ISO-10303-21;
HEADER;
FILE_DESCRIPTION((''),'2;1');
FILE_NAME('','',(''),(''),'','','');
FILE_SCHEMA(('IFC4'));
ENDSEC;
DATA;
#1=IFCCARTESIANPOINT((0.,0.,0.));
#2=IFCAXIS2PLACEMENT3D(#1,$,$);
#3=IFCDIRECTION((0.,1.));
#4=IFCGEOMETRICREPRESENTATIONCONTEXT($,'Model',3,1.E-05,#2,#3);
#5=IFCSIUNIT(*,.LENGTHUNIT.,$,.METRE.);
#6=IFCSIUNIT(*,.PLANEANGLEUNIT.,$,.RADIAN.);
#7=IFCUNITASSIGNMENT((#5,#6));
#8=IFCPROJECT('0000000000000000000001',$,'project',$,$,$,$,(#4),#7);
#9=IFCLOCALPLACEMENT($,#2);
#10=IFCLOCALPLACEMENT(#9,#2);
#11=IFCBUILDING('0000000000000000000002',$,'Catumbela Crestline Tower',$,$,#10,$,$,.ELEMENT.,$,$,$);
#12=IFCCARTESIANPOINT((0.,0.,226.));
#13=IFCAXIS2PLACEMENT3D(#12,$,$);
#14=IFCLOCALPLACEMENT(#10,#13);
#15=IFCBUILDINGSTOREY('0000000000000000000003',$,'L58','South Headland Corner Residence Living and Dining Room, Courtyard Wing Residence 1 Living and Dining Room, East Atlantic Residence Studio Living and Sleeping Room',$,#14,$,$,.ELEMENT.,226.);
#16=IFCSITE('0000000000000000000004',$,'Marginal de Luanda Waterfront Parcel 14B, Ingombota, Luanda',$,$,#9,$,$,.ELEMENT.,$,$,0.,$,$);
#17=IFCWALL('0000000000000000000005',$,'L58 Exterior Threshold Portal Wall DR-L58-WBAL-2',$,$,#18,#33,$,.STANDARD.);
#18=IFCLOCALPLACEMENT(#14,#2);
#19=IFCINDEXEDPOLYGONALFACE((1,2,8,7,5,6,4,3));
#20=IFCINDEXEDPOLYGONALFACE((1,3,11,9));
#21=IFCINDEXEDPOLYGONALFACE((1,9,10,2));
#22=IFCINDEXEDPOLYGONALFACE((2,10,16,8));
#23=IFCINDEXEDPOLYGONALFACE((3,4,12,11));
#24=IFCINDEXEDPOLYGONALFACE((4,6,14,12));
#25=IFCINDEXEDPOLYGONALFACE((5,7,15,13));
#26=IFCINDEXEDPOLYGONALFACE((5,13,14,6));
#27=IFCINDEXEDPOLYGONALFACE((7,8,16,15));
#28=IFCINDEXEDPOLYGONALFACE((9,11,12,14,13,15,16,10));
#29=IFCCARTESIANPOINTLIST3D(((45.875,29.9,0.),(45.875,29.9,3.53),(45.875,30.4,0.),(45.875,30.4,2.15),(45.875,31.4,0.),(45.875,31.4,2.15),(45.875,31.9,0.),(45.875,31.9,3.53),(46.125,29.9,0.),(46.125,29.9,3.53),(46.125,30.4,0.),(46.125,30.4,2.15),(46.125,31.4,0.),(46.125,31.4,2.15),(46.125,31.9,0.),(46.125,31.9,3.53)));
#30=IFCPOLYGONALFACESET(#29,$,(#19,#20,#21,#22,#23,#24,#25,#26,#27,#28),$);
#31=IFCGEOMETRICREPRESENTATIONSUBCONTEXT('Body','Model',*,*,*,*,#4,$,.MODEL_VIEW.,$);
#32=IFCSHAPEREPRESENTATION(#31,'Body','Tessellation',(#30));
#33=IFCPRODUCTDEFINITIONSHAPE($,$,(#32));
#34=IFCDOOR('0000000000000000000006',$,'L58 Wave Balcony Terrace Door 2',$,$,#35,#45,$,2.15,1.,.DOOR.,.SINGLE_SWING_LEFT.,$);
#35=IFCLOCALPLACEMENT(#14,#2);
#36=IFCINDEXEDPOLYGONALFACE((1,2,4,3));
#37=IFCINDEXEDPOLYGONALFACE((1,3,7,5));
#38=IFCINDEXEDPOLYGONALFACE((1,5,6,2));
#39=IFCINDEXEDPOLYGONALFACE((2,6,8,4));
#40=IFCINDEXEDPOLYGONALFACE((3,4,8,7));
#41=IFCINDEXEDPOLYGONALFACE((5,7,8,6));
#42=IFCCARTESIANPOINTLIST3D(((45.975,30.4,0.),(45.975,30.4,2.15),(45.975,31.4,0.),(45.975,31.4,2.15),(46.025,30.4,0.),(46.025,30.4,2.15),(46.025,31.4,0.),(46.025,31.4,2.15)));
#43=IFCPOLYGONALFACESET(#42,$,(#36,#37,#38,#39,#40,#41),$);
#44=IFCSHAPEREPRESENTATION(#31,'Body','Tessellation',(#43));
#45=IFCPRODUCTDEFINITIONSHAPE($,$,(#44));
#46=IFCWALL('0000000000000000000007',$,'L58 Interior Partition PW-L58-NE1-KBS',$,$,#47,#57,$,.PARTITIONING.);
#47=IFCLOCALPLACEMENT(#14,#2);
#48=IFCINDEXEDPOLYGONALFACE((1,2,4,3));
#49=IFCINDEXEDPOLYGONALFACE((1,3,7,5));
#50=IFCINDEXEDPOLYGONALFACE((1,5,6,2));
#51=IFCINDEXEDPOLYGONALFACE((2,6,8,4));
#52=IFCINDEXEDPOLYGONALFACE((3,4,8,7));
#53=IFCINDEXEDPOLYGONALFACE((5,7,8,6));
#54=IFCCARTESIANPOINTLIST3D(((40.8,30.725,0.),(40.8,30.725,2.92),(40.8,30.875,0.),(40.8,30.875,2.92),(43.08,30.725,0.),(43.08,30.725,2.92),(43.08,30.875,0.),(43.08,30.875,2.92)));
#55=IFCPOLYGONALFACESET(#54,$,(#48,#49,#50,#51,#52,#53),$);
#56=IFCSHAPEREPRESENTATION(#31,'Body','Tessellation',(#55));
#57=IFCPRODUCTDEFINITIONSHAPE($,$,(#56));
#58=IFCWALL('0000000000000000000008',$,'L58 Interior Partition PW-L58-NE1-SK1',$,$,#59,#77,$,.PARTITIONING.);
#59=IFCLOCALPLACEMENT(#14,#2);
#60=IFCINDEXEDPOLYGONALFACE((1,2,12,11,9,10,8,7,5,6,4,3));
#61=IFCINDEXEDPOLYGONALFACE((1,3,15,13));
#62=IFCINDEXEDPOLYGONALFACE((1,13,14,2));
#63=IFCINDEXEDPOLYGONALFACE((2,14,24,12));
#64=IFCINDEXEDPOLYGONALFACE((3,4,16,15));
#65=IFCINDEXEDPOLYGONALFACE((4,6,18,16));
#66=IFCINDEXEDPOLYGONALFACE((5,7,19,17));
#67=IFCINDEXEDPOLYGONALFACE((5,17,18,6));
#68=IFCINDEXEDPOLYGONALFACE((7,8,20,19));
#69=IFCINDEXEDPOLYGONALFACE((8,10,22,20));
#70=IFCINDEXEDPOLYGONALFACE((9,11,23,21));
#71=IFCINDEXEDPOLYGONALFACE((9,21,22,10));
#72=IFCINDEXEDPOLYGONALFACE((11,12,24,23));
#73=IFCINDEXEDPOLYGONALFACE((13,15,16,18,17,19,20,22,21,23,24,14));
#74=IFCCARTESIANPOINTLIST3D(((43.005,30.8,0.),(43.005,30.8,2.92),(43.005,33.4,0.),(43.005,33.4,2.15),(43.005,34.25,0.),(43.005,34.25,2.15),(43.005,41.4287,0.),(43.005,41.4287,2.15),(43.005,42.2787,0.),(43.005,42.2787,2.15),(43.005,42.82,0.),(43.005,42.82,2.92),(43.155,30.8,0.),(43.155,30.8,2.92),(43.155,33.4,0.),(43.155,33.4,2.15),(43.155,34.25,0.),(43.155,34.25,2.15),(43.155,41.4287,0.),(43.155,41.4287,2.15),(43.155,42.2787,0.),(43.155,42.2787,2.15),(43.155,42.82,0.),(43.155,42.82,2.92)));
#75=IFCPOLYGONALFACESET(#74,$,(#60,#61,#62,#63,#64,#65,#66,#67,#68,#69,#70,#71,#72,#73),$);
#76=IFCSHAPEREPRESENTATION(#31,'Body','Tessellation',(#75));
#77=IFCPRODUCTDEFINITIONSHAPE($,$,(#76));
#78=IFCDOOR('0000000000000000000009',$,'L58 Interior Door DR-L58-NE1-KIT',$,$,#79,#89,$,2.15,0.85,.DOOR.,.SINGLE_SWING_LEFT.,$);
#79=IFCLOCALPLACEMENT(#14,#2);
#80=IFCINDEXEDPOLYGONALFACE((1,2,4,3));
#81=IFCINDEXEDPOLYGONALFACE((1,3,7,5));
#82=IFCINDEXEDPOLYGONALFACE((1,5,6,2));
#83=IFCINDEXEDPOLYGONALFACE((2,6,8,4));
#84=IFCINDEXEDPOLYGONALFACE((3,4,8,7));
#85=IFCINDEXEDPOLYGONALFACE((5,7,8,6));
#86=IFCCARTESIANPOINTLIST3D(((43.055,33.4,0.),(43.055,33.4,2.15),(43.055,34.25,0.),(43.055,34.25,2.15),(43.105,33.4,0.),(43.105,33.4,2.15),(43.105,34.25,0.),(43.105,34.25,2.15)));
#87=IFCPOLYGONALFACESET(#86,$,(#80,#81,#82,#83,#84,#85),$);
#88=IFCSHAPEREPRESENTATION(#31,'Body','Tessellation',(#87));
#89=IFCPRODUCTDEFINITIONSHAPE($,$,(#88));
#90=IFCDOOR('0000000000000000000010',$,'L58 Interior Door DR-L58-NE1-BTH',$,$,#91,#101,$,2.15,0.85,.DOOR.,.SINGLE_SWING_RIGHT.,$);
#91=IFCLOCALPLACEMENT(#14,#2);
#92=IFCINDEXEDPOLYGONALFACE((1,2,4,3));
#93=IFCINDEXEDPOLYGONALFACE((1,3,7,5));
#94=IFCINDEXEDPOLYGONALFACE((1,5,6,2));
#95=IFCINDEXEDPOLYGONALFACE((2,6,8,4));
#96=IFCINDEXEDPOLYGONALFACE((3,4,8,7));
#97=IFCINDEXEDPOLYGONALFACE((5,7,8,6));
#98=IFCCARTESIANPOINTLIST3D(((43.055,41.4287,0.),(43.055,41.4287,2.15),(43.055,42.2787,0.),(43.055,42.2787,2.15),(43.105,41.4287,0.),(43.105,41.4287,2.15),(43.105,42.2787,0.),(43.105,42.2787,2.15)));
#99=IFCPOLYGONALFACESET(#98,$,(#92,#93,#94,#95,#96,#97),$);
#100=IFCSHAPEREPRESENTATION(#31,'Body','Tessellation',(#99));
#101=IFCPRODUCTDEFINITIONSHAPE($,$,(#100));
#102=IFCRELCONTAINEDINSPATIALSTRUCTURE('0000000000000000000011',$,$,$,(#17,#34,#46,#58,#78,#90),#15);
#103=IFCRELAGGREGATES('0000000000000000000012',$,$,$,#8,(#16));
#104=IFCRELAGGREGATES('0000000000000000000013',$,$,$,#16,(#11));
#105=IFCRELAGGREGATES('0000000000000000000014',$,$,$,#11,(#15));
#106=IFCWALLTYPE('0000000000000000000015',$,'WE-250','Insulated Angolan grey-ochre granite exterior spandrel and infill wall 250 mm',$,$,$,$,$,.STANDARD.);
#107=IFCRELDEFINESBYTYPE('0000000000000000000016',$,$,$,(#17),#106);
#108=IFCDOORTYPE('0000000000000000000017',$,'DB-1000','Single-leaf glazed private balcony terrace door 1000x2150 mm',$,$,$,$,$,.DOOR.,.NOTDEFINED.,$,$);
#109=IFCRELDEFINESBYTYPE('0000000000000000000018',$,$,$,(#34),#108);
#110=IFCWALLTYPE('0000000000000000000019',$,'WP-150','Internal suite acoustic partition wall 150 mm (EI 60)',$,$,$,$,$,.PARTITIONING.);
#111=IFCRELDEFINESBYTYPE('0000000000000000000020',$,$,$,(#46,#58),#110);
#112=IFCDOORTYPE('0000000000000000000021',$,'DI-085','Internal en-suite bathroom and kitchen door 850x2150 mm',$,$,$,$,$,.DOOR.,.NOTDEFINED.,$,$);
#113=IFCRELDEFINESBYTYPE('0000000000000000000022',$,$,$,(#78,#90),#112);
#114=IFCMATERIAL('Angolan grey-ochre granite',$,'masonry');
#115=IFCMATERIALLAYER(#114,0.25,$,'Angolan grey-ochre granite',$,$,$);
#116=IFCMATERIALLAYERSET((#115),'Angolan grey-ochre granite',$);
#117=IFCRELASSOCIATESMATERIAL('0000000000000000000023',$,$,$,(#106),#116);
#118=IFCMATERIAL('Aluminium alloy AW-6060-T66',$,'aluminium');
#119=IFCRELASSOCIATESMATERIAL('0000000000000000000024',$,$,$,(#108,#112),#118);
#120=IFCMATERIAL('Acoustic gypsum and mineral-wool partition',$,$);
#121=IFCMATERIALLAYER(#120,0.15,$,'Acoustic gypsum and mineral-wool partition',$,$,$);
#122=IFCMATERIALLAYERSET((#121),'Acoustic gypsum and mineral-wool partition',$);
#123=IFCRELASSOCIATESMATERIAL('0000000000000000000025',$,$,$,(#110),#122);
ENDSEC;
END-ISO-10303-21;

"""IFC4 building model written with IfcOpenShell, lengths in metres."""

from ifc_helpers import new_model, si_unit, direction, frame, frame_2d, origin, place, context, subcontext, project, spatial, rectangle, extrude, material, layer, layer_set, type_object, element, fill, save


model = new_model("IFC4")

# Units and contexts
model_context = context("Model", 3, precision=1e-05, world=origin(), true_north=direction((0.0, 1.0)))
body_context = subcontext(model_context, "Body", "Model", "MODEL_VIEW")
ifc_project = project(units=[si_unit("LENGTHUNIT", "METRE"), si_unit("PLANEANGLEUNIT", "RADIAN")], contexts=[model_context])

# Site, building, storey
site_placement = place(None, origin())
site = spatial("IfcSite", under=ifc_project, at=site_placement, Name="Marginal de Luanda Waterfront Parcel 14B, Ingombota, Luanda", CompositionType="ELEMENT", RefElevation=0.0)
building_placement = place(site_placement, origin())
building = spatial("IfcBuilding", under=site, at=building_placement, Name="Catumbela Crestline Tower", CompositionType="ELEMENT")
storey_placement = place(building_placement, frame((0.0, 0.0, 226.0)))
storey = spatial("IfcBuildingStorey", under=building, at=storey_placement, Name="L58", Description="South Headland Corner Residence Living and Dining Room, Courtyard Wing Residence 1 Living and Dining Room, East Atlantic Residence Studio Living and Sleeping Room", CompositionType="ELEMENT", Elevation=226.0)

# Shared definitions
ifc_material_1 = material(Name="Aluminium alloy AW-6060-T66", Category="aluminium")

# Wall, opening, door
ifc_material_2 = material(Name="Acoustic gypsum and mineral-wool partition")
ifc_material_3 = material(Name="Angolan grey-ochre granite", Category="masonry")
ifc_layer_1 = layer(ifc_material_3, 0.25, Name="Angolan grey-ochre granite")
ifc_layer_set_1 = layer_set([ifc_layer_1], Name="Angolan grey-ochre granite")
wall_type_1 = type_object("IfcWallType", Name="WE-250", Description="Insulated Angolan grey-ochre granite exterior spandrel and infill wall 250 mm", PredefinedType="STANDARD", material=ifc_layer_set_1)
wall_1_placement = place(storey_placement, frame((46.0, 29.9, 0.0), z_axis=(0.0, 0.0, 1.0), x_axis=(0.0, 1.0, 0.0)))
wall_1 = element("IfcWall", 1, at=wall_1_placement, inside=storey, type_object=wall_type_1, Name="L58 Exterior Threshold Portal Wall DR-L58-WBAL-2", PredefinedType="STANDARD", context=body_context, shape_type="SweptSolid", body=[
    extrude(rectangle(XDim=2.0, YDim=0.25, at=frame_2d((1.0, 0.0))), origin(), (0.0, 0.0, 1.0), 3.53),
])
opening_1_placement = place(wall_1_placement, frame((0.5, 0.0, 0.0)))
opening_1 = element("IfcOpeningElement", 2, at=opening_1_placement, cuts=wall_1, PredefinedType="OPENING", context=body_context, shape_type="SweptSolid", body=[
    extrude(rectangle(XDim=1.0, YDim=2.15, at=frame_2d((0.5, 1.075))), frame((0.0, 0.135, 0.0), z_axis=(0.0, -1.0, 0.0), x_axis=(1.0, 0.0, 0.0)), (0.0, 0.0, 1.0), 0.27),
])
door_type_1 = type_object("IfcDoorType", Name="DB-1000", Description="Single-leaf glazed private balcony terrace door 1000x2150 mm", OperationType="NOTDEFINED", PredefinedType="DOOR", material=ifc_material_1)
door_1_placement = place(opening_1_placement, origin())
door_1 = element("IfcDoor", 3, at=door_1_placement, inside=storey, type_object=door_type_1, Name="L58 Wave Balcony Terrace Door 2", OperationType="SINGLE_SWING_LEFT", OverallHeight=2.15, OverallWidth=1.0, PredefinedType="DOOR", context=body_context, shape_type="SweptSolid", body=[
    extrude(rectangle(XDim=1.0, YDim=2.15, at=frame_2d((0.5, 1.075))), frame((0.0, 0.025, 0.0), z_axis=(0.0, -1.0, 0.0), x_axis=(1.0, 0.0, 0.0)), (0.0, 0.0, 1.0), 0.05),
])
fill(opening_1, door_1)

# Wall
ifc_layer_2 = layer(ifc_material_2, 0.15, Name="Acoustic gypsum and mineral-wool partition")
ifc_layer_set_2 = layer_set([ifc_layer_2], Name="Acoustic gypsum and mineral-wool partition")
wall_type_2 = type_object("IfcWallType", Name="WP-150", Description="Internal suite acoustic partition wall 150 mm (EI 60)", PredefinedType="PARTITIONING", material=ifc_layer_set_2)
wall_2_placement = place(storey_placement, frame((40.8, 30.8, 0.0), z_axis=(0.0, 0.0, 1.0), x_axis=(1.0, 0.0, 0.0)))
element("IfcWall", 4, at=wall_2_placement, inside=storey, type_object=wall_type_2, Name="L58 Interior Partition PW-L58-NE1-KBS", PredefinedType="PARTITIONING", context=body_context, shape_type="SweptSolid", body=[
    extrude(rectangle(XDim=2.28, YDim=0.15, at=frame_2d((1.14, 0.0))), origin(), (0.0, 0.0, 1.0), 2.92),
])

# Wall, openings, doors
wall_3_placement = place(storey_placement, frame((43.08, 30.8, 0.0), z_axis=(0.0, 0.0, 1.0), x_axis=(0.0, 1.0, 0.0)))
wall_3 = element("IfcWall", 5, at=wall_3_placement, inside=storey, type_object=wall_type_2, Name="L58 Interior Partition PW-L58-NE1-SK1", PredefinedType="PARTITIONING", context=body_context, shape_type="SweptSolid", body=[
    extrude(rectangle(XDim=12.02, YDim=0.15, at=frame_2d((6.01, 0.0))), origin(), (0.0, 0.0, 1.0), 2.92),
])
opening_2_placement = place(wall_3_placement, frame((2.6, 0.0, 0.0)))
opening_2 = element("IfcOpeningElement", 6, at=opening_2_placement, cuts=wall_3, PredefinedType="OPENING", context=body_context, shape_type="SweptSolid", body=[
    extrude(rectangle(XDim=0.85, YDim=2.15, at=frame_2d((0.425, 1.075))), frame((0.0, 0.085, 0.0), z_axis=(0.0, -1.0, 0.0), x_axis=(1.0, 0.0, 0.0)), (0.0, 0.0, 1.0), 0.17),
])
opening_3_placement = place(wall_3_placement, frame((10.6287, 0.0, 0.0)))
opening_3 = element("IfcOpeningElement", 7, at=opening_3_placement, cuts=wall_3, PredefinedType="OPENING", context=body_context, shape_type="SweptSolid", body=[
    extrude(rectangle(XDim=0.85, YDim=2.15, at=frame_2d((0.425, 1.075))), frame((0.0, 0.085, 0.0), z_axis=(0.0, -1.0, 0.0), x_axis=(1.0, 0.0, 0.0)), (0.0, 0.0, 1.0), 0.17),
])
door_type_2 = type_object("IfcDoorType", Name="DI-085", Description="Internal en-suite bathroom and kitchen door 850x2150 mm", OperationType="NOTDEFINED", PredefinedType="DOOR", material=ifc_material_1)
door_2_placement = place(opening_2_placement, origin())
door_2 = element("IfcDoor", 8, at=door_2_placement, inside=storey, type_object=door_type_2, Name="L58 Interior Door DR-L58-NE1-KIT", OperationType="SINGLE_SWING_LEFT", OverallHeight=2.15, OverallWidth=0.85, PredefinedType="DOOR", context=body_context, shape_type="SweptSolid", body=[
    extrude(rectangle(XDim=0.85, YDim=2.15, at=frame_2d((0.425, 1.075))), frame((0.0, 0.025, 0.0), z_axis=(0.0, -1.0, 0.0), x_axis=(1.0, 0.0, 0.0)), (0.0, 0.0, 1.0), 0.05),
])
fill(opening_2, door_2)
door_3_placement = place(opening_3_placement, origin())
door_3 = element("IfcDoor", 9, at=door_3_placement, inside=storey, type_object=door_type_2, Name="L58 Interior Door DR-L58-NE1-BTH", OperationType="SINGLE_SWING_RIGHT", OverallHeight=2.15, OverallWidth=0.85, PredefinedType="DOOR", context=body_context, shape_type="SweptSolid", body=[
    extrude(rectangle(XDim=0.85, YDim=2.15, at=frame_2d((0.425, 1.075))), frame((0.0, 0.025, 0.0), z_axis=(0.0, -1.0, 0.0), x_axis=(1.0, 0.0, 0.0)), (0.0, 0.0, 1.0), 0.05),
])
fill(opening_3, door_3)

save(model, "model.ifc")
